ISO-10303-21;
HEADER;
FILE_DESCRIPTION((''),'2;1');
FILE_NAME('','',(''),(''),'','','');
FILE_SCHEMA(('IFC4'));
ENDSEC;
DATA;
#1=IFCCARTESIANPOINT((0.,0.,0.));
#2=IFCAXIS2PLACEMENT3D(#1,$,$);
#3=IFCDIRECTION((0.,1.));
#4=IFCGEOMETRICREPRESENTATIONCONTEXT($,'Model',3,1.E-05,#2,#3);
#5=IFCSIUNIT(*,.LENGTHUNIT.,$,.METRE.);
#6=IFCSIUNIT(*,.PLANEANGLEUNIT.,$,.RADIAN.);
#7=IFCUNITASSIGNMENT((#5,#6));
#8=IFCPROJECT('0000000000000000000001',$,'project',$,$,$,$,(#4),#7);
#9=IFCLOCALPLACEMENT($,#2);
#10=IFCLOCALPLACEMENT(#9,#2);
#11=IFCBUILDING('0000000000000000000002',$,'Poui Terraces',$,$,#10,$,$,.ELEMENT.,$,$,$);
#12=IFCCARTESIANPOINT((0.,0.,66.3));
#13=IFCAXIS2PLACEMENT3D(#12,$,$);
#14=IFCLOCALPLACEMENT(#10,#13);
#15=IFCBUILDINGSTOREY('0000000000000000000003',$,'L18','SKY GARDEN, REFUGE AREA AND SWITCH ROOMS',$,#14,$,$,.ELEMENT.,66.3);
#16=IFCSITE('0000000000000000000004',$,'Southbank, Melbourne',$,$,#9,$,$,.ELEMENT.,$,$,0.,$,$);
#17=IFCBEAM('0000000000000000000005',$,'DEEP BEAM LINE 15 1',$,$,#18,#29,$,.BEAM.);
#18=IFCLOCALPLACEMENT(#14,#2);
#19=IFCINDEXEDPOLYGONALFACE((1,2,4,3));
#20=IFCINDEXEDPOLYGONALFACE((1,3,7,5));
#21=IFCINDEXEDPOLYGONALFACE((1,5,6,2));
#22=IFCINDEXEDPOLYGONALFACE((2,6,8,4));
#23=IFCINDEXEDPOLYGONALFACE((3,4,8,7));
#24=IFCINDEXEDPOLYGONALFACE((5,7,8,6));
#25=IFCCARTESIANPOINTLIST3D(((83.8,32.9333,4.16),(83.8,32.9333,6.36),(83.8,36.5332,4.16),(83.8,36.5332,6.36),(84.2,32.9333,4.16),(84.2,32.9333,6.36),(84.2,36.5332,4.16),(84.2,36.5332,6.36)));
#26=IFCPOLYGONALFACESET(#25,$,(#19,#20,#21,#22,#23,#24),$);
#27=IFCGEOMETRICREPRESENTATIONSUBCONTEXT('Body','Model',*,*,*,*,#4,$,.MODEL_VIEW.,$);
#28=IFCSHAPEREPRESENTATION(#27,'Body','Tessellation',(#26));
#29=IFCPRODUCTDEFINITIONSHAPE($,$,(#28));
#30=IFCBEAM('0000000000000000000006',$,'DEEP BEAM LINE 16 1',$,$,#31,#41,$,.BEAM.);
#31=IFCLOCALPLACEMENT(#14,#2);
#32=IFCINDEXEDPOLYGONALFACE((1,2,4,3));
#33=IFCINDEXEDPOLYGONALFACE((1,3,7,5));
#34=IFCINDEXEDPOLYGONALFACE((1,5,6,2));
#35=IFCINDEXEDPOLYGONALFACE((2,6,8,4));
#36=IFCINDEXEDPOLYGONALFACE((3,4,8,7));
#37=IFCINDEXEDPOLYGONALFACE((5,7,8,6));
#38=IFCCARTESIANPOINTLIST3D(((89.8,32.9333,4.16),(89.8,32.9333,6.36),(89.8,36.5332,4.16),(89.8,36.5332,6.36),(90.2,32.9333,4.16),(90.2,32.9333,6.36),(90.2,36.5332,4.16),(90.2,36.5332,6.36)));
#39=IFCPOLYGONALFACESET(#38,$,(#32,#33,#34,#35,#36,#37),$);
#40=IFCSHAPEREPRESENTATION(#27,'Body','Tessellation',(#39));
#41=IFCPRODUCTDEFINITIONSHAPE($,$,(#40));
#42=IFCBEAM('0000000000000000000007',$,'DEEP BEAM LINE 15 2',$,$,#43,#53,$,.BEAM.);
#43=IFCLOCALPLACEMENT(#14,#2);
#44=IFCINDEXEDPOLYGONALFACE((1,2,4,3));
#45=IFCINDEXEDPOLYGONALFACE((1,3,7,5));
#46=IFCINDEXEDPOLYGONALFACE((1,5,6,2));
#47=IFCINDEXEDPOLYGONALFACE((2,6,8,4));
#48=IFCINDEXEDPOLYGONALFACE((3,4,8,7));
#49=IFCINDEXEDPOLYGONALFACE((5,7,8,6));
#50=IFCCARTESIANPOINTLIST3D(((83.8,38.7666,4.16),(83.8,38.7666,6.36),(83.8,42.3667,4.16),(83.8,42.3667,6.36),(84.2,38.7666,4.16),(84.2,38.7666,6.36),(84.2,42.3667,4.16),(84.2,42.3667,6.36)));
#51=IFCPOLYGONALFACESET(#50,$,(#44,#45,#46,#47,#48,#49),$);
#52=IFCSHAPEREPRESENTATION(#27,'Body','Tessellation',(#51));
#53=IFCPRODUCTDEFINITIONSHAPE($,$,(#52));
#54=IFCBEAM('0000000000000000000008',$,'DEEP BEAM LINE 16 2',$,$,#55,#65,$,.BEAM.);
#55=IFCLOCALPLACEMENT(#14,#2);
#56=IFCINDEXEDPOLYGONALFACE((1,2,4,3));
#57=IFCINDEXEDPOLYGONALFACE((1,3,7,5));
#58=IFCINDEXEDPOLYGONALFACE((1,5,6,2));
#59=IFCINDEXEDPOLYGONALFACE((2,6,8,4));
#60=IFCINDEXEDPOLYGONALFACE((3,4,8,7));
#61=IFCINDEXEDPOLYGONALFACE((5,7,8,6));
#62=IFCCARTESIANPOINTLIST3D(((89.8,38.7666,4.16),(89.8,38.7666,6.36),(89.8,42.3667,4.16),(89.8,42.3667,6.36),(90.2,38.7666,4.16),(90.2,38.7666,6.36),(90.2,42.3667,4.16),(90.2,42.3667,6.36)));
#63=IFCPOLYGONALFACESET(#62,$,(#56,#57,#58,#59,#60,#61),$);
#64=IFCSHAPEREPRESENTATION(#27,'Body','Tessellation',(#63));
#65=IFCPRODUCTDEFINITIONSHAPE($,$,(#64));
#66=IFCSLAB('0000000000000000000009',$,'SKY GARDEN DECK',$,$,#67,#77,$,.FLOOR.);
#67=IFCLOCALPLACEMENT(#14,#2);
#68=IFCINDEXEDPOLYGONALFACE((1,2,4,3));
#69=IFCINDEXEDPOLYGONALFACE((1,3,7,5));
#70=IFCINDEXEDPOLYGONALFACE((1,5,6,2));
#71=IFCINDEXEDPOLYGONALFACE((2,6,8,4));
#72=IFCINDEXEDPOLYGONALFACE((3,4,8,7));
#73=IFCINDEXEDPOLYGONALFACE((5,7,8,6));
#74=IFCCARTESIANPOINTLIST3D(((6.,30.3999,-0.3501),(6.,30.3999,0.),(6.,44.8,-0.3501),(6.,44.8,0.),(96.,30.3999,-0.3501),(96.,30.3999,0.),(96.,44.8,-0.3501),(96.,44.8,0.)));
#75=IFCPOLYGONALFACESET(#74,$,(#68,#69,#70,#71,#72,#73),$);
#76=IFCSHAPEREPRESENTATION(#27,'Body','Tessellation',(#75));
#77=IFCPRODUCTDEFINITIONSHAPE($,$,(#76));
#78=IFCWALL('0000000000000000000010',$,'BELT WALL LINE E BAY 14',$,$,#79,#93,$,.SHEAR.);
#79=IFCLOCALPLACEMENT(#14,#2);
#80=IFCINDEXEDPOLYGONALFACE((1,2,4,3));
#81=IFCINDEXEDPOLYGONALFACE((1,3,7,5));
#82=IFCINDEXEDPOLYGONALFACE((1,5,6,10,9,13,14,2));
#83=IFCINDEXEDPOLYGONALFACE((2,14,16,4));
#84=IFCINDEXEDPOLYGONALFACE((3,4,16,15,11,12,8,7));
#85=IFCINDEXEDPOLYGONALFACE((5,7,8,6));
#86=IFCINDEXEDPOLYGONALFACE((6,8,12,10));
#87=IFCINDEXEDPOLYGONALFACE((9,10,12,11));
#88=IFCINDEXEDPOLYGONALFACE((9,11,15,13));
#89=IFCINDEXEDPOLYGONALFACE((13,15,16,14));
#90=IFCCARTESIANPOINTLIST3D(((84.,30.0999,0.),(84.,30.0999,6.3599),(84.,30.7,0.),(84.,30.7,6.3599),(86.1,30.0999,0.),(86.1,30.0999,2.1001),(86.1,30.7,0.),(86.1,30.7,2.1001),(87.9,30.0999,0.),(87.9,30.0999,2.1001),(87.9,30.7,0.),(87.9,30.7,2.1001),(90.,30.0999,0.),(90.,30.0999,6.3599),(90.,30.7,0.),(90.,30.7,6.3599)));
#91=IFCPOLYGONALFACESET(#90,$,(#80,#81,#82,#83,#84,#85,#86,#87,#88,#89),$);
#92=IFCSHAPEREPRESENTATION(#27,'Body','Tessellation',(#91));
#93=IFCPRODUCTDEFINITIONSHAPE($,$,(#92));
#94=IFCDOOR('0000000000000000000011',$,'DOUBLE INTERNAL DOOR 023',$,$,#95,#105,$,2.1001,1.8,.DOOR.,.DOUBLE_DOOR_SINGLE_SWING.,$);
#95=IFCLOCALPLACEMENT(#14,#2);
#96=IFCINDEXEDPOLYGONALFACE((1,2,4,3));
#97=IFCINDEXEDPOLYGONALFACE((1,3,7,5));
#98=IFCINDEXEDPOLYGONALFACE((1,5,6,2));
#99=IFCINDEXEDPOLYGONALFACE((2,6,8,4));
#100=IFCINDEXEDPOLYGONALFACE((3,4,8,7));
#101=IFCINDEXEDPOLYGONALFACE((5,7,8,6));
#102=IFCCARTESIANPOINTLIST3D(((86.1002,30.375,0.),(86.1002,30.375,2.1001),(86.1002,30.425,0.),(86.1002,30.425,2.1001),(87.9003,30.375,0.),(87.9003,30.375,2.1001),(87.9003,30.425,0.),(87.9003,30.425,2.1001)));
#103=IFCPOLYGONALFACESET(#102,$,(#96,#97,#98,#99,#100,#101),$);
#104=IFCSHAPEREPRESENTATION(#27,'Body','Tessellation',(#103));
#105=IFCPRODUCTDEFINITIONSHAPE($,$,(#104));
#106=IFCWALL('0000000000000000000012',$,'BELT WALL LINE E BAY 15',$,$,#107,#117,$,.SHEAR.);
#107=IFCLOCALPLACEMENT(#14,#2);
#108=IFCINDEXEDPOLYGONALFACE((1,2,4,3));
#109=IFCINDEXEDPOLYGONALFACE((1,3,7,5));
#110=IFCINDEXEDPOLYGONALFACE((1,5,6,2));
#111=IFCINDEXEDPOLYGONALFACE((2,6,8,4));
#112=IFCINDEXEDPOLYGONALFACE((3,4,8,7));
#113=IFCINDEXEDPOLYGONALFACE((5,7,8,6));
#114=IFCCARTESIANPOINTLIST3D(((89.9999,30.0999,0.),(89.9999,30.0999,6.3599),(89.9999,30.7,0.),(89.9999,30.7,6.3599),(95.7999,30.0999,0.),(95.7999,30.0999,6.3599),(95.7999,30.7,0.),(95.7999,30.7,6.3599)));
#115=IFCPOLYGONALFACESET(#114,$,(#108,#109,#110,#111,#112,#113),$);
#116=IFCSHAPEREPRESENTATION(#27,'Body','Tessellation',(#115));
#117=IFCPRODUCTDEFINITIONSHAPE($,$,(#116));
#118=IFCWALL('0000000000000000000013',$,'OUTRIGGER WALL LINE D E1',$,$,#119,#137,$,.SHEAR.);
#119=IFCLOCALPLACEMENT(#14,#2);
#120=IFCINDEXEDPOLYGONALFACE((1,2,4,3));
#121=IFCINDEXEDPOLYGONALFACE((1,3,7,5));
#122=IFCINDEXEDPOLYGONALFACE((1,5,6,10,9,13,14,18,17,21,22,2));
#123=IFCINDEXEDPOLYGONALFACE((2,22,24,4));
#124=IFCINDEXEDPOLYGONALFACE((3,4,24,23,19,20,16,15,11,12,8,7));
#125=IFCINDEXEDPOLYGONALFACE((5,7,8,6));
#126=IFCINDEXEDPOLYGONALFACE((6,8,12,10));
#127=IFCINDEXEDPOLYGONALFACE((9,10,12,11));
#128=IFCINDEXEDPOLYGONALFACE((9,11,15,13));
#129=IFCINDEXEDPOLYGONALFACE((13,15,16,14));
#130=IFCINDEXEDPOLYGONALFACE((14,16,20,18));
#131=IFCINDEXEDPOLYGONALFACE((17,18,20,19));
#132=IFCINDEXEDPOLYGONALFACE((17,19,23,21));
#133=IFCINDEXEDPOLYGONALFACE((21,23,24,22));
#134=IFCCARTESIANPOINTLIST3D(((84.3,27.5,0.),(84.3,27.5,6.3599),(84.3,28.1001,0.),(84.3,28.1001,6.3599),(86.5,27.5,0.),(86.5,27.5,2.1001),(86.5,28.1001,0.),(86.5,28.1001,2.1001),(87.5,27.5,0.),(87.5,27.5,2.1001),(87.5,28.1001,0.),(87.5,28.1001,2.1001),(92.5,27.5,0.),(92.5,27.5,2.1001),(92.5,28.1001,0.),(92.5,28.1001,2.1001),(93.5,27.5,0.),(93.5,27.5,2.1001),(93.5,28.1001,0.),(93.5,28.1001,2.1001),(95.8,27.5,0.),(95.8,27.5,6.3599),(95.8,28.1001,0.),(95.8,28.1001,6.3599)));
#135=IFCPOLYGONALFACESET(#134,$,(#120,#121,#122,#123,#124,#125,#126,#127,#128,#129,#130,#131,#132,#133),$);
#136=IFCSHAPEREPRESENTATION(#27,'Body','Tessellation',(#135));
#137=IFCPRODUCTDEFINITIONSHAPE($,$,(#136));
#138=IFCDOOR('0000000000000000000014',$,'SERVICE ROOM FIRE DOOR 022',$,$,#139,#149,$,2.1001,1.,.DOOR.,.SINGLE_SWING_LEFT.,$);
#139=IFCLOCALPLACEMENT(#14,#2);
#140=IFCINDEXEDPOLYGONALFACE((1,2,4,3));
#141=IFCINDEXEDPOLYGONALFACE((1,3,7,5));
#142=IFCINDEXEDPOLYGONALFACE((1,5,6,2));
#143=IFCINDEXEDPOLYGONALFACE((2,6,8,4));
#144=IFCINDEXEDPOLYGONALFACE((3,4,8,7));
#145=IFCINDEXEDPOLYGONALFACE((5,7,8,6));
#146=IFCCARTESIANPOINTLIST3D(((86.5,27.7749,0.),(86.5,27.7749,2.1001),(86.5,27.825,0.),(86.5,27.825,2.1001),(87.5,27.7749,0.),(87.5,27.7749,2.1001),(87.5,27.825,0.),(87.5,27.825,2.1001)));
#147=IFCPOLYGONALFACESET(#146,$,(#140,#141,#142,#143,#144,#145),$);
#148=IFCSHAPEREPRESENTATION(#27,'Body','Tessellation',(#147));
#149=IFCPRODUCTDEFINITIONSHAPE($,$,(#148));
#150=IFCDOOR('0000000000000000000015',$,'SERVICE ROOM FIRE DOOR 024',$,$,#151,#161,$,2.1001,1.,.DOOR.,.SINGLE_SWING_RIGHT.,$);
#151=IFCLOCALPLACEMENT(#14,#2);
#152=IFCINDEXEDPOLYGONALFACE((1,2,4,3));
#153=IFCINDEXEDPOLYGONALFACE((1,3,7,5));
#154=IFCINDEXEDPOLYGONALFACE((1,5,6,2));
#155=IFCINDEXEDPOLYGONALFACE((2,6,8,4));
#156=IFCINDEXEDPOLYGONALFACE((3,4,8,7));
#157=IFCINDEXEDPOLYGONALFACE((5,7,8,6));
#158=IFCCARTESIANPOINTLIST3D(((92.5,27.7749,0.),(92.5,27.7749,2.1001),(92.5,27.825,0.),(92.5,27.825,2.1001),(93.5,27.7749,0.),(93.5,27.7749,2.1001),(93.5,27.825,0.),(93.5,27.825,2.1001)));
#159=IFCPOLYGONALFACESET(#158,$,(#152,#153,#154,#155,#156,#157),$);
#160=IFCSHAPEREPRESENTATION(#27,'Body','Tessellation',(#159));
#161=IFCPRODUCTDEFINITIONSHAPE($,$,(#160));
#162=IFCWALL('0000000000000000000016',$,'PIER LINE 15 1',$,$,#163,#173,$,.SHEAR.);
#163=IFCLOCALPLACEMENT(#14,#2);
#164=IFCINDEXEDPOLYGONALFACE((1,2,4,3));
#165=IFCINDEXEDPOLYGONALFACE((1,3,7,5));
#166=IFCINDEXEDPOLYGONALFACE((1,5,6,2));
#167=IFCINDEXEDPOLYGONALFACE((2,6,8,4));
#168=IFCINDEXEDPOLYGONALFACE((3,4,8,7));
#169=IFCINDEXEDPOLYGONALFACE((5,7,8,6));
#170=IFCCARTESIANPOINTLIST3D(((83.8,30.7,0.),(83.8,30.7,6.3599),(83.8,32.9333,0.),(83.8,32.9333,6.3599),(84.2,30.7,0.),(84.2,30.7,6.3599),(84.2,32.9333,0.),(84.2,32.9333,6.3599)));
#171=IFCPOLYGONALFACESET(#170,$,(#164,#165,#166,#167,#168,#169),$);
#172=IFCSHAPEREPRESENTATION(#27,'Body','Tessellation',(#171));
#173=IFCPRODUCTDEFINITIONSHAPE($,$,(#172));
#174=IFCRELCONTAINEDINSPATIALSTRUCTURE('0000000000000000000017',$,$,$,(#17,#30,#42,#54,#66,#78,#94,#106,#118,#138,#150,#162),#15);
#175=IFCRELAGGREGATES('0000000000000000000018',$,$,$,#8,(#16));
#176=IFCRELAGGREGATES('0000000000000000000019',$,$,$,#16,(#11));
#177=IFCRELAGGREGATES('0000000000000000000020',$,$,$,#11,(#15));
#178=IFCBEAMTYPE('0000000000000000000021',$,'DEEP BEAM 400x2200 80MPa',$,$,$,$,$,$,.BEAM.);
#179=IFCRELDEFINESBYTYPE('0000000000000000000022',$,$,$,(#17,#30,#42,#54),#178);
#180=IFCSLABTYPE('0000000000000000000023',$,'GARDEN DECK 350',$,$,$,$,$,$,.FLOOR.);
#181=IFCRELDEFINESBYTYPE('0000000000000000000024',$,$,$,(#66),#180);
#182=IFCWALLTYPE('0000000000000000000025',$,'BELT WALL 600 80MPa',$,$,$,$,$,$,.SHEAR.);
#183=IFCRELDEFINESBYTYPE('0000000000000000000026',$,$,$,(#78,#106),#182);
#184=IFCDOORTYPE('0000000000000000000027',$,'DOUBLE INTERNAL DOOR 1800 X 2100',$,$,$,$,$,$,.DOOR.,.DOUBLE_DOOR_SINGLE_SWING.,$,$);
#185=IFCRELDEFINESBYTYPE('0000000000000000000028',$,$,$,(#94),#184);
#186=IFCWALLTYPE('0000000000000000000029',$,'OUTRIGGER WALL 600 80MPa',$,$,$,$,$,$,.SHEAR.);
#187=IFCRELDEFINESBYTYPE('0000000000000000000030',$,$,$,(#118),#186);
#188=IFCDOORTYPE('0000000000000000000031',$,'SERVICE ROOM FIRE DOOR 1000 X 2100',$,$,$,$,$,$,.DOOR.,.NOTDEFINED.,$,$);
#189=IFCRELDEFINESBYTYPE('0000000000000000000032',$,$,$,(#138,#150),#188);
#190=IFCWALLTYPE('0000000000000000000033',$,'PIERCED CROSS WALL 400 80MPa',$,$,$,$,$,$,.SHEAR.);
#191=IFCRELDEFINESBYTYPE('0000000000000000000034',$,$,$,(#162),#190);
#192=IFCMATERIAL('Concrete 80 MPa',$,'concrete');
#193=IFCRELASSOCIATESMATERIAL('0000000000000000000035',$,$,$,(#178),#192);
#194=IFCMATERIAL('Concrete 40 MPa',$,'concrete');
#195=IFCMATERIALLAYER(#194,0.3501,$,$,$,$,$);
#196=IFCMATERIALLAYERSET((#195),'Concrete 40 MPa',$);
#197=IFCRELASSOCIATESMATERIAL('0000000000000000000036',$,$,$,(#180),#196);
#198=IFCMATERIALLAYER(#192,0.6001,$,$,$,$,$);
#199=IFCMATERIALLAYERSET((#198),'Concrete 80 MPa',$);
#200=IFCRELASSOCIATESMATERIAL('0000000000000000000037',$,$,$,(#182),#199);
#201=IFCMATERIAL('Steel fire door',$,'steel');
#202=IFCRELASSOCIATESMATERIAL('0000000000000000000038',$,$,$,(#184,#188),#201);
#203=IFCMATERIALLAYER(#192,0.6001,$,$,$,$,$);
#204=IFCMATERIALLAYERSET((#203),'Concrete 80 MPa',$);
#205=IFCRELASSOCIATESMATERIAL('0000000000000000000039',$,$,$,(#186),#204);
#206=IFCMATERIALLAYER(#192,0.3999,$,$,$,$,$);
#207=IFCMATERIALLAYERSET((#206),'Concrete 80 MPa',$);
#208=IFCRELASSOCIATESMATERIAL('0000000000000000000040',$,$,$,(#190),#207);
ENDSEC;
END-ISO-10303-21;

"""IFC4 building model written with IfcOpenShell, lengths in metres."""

from ifc_helpers import new_model, si_unit, direction, frame, frame_2d, origin, origin_2d, place, context, subcontext, project, spatial, polyline, rectangle, outline, extrude, source, transform, mapped, material, layer, layer_set, material_profile, profile_set, type_object, element, fill, save


model = new_model("IFC4")

# Units and contexts
model_context = context("Model", 3, precision=1e-05, world=origin(), true_north=direction((0.0, 1.0)))
body_context = subcontext(model_context, "Body", "Model", "MODEL_VIEW")
ifc_project = project(units=[si_unit("LENGTHUNIT", "METRE"), si_unit("PLANEANGLEUNIT", "RADIAN")], contexts=[model_context])

# Site, building, storey
site_placement = place(None, origin())
site = spatial("IfcSite", under=ifc_project, at=site_placement, Name="Southbank, Melbourne", CompositionType="ELEMENT", RefElevation=0.0)
building_placement = place(site_placement, origin())
building = spatial("IfcBuilding", under=site, at=building_placement, Name="Poui Terraces", CompositionType="ELEMENT")
storey_placement = place(building_placement, frame((0.0, 0.0, 66.3)))
storey = spatial("IfcBuildingStorey", under=building, at=storey_placement, Name="L18", Description="SKY GARDEN, REFUGE AREA AND SWITCH ROOMS", CompositionType="ELEMENT", Elevation=66.3)

# Beams
ifc_material_1 = material(Name="Concrete 80 MPa", Category="concrete")
ifc_material_profile = material_profile(ifc_material_1, rectangle(XDim=0.3999, YDim=2.2, at=origin_2d()), Name="RC 400x2200")
ifc_profile_set = profile_set([ifc_material_profile], Name="Concrete 80 MPa")
beam_type = type_object("IfcBeamType", Name="DEEP BEAM 400x2200 80MPa", PredefinedType="BEAM", material=ifc_profile_set)
shared_shape_1 = source(origin(), body_context, "Body", "SweptSolid", [
    extrude(rectangle(XDim=0.3999, YDim=2.2, at=origin_2d()), origin(), (0.0, 0.0, 1.0), 3.5999),
])
for number, where, z_axis, x_axis, name in (
    (1, (84.0, 32.9333, 5.26), (0.0, 1.0, 0.0), (-1.0, 0.0, 0.0), "DEEP BEAM LINE 15 1"),
    (2, (90.0, 32.9333, 5.26), (0.0, 1.0, 0.0), (-1.0, 0.0, 0.0), "DEEP BEAM LINE 16 1"),
):
    element("IfcBeam", number, at=place(storey_placement, frame(where, z_axis=z_axis, x_axis=x_axis)), inside=storey, type_object=beam_type, Name=name, PredefinedType="BEAM", context=body_context, shape_type="MappedRepresentation", body=[
        mapped(shared_shape_1, transform((0.0, 0.0, 0.0))),
    ])
shared_shape_2 = source(origin(), body_context, "Body", "SweptSolid", [
    extrude(rectangle(XDim=0.3999, YDim=2.2, at=origin_2d()), origin(), (0.0, 0.0, 1.0), 3.6001),
])
for number, where, z_axis, x_axis, name in (
    (3, (84.0, 38.7666, 5.26), (0.0, 1.0, 0.0), (-1.0, 0.0, 0.0), "DEEP BEAM LINE 15 2"),
    (4, (90.0, 38.7666, 5.26), (0.0, 1.0, 0.0), (-1.0, 0.0, 0.0), "DEEP BEAM LINE 16 2"),
):
    element("IfcBeam", number, at=place(storey_placement, frame(where, z_axis=z_axis, x_axis=x_axis)), inside=storey, type_object=beam_type, Name=name, PredefinedType="BEAM", context=body_context, shape_type="MappedRepresentation", body=[
        mapped(shared_shape_2, transform((0.0, 0.0, 0.0))),
    ])

# Slab
ifc_material_2 = material(Name="Concrete 40 MPa", Category="concrete")
ifc_layer_1 = layer(ifc_material_2, 0.3501)
ifc_layer_set_1 = layer_set([ifc_layer_1], Name="Concrete 40 MPa")
slab_type = type_object("IfcSlabType", Name="GARDEN DECK 350", PredefinedType="FLOOR", material=ifc_layer_set_1)
shared_shape_3 = source(origin(), body_context, "Body", "SweptSolid", [
    extrude(outline(polyline([(0.0, 0.0), (0.0, 14.4001), (-90.0, 14.4001), (-90.0, 0.0), (0.0, 0.0)])), origin(), (0.0, 0.0, 1.0), 0.3501),
])
slab_placement = place(storey_placement, frame((96.0, 30.3999, -0.3501)))
element("IfcSlab", 5, at=slab_placement, inside=storey, type_object=slab_type, Name="SKY GARDEN DECK", PredefinedType="FLOOR", context=body_context, shape_type="MappedRepresentation", body=[
    mapped(shared_shape_3, transform((0.0, 0.0, 0.0))),
])

# Wall, opening, door
ifc_layer_2 = layer(ifc_material_1, 0.6001)
ifc_layer_set_2 = layer_set([ifc_layer_2], Name="Concrete 80 MPa")
wall_type_1 = type_object("IfcWallType", Name="BELT WALL 600 80MPa", PredefinedType="SHEAR", material=ifc_layer_set_2)
wall_1_placement = place(storey_placement, frame((84.0, 30.3999, 0.0), z_axis=(0.0, 0.0, 1.0), x_axis=(1.0, 0.0, 0.0)))
wall_1 = element("IfcWall", 6, at=wall_1_placement, inside=storey, type_object=wall_type_1, Name="BELT WALL LINE E BAY 14", PredefinedType="SHEAR", context=body_context, shape_type="SweptSolid", body=[
    extrude(rectangle(XDim=6.0, YDim=0.6001, at=frame_2d((3.0, 0.0))), origin(), (0.0, 0.0, 1.0), 6.3599),
])
opening_1_placement = place(wall_1_placement, frame((2.1001, 0.0, 0.0)))
opening_1 = element("IfcOpeningElement", 7, at=opening_1_placement, cuts=wall_1, PredefinedType="OPENING", context=body_context, shape_type="SweptSolid", body=[
    extrude(rectangle(XDim=1.8, YDim=2.1001, at=frame_2d((0.8999, 1.05))), frame((0.0, 0.3101, 0.0), z_axis=(0.0, -1.0, 0.0), x_axis=(1.0, 0.0, 0.0)), (0.0, 0.0, 1.0), 0.6201),
])
ifc_material_3 = material(Name="Steel fire door", Category="steel")
door_type_1 = type_object("IfcDoorType", Name="DOUBLE INTERNAL DOOR 1800 X 2100", OperationType="DOUBLE_DOOR_SINGLE_SWING", PredefinedType="DOOR", material=ifc_material_3)
door_1_placement = place(opening_1_placement, frame((1.8, 0.0, 0.0), z_axis=(0.0, 0.0, 1.0), x_axis=(-1.0, 0.0, 0.0)))
door_1 = element("IfcDoor", 8, at=door_1_placement, inside=storey, type_object=door_type_1, Name="DOUBLE INTERNAL DOOR 023", OperationType="DOUBLE_DOOR_SINGLE_SWING", OverallHeight=2.1001, OverallWidth=1.8, PredefinedType="DOOR", context=body_context, shape_type="SweptSolid", body=[
    extrude(rectangle(XDim=1.8, YDim=2.1001, at=frame_2d((0.8999, 1.05))), frame((0.0, 0.0249, 0.0), z_axis=(0.0, -1.0, 0.0), x_axis=(1.0, 0.0, 0.0)), (0.0, 0.0, 1.0), 0.05),
])
fill(opening_1, door_1)

# Wall
wall_2_placement = place(storey_placement, frame((90.0, 30.3999, 0.0), z_axis=(0.0, 0.0, 1.0), x_axis=(1.0, 0.0, 0.0)))
element("IfcWall", 9, at=wall_2_placement, inside=storey, type_object=wall_type_1, Name="BELT WALL LINE E BAY 15", PredefinedType="SHEAR", context=body_context, shape_type="SweptSolid", body=[
    extrude(rectangle(XDim=5.8, YDim=0.6001, at=frame_2d((2.8999, 0.0))), origin(), (0.0, 0.0, 1.0), 6.3599),
])

# Wall, openings, doors
ifc_layer_3 = layer(ifc_material_1, 0.6001)
ifc_layer_set_3 = layer_set([ifc_layer_3], Name="Concrete 80 MPa")
wall_type_2 = type_object("IfcWallType", Name="OUTRIGGER WALL 600 80MPa", PredefinedType="SHEAR", material=ifc_layer_set_3)
wall_3_placement = place(storey_placement, frame((84.3, 27.8, 0.0), z_axis=(0.0, 0.0, 1.0), x_axis=(1.0, 0.0, 0.0)))
wall_3 = element("IfcWall", 10, at=wall_3_placement, inside=storey, type_object=wall_type_2, Name="OUTRIGGER WALL LINE D E1", PredefinedType="SHEAR", context=body_context, shape_type="SweptSolid", body=[
    extrude(rectangle(XDim=11.5, YDim=0.6001, at=frame_2d((5.75, 0.0))), origin(), (0.0, 0.0, 1.0), 6.3599),
])
opening_2_placement = place(wall_3_placement, frame((2.2, 0.0, 0.0)))
opening_2 = element("IfcOpeningElement", 11, at=opening_2_placement, cuts=wall_3, PredefinedType="OPENING", context=body_context, shape_type="SweptSolid", body=[
    extrude(rectangle(XDim=1.0, YDim=2.1001, at=frame_2d((0.5, 1.05))), frame((0.0, 0.3101, 0.0), z_axis=(0.0, -1.0, 0.0), x_axis=(1.0, 0.0, 0.0)), (0.0, 0.0, 1.0), 0.6201),
])
opening_3_placement = place(wall_3_placement, frame((8.2, 0.0, 0.0)))
opening_3 = element("IfcOpeningElement", 12, at=opening_3_placement, cuts=wall_3, PredefinedType="OPENING", context=body_context, shape_type="SweptSolid", body=[
    extrude(rectangle(XDim=1.0, YDim=2.1001, at=frame_2d((0.5, 1.05))), frame((0.0, 0.3101, 0.0), z_axis=(0.0, -1.0, 0.0), x_axis=(1.0, 0.0, 0.0)), (0.0, 0.0, 1.0), 0.6201),
])
door_type_2 = type_object("IfcDoorType", Name="SERVICE ROOM FIRE DOOR 1000 X 2100", OperationType="NOTDEFINED", PredefinedType="DOOR", material=ifc_material_3)
door_2_placement = place(opening_2_placement, origin())
door_2 = element("IfcDoor", 13, at=door_2_placement, inside=storey, type_object=door_type_2, Name="SERVICE ROOM FIRE DOOR 022", OperationType="SINGLE_SWING_LEFT", OverallHeight=2.1001, OverallWidth=1.0, PredefinedType="DOOR", context=body_context, shape_type="SweptSolid", body=[
    extrude(rectangle(XDim=1.0, YDim=2.1001, at=frame_2d((0.5, 1.05))), frame((0.0, 0.0249, 0.0), z_axis=(0.0, -1.0, 0.0), x_axis=(1.0, 0.0, 0.0)), (0.0, 0.0, 1.0), 0.05),
])
fill(opening_2, door_2)
door_3_placement = place(opening_3_placement, origin())
door_3 = element("IfcDoor", 14, at=door_3_placement, inside=storey, type_object=door_type_2, Name="SERVICE ROOM FIRE DOOR 024", OperationType="SINGLE_SWING_RIGHT", OverallHeight=2.1001, OverallWidth=1.0, PredefinedType="DOOR", context=body_context, shape_type="SweptSolid", body=[
    extrude(rectangle(XDim=1.0, YDim=2.1001, at=frame_2d((0.5, 1.05))), frame((0.0, 0.0249, 0.0), z_axis=(0.0, -1.0, 0.0), x_axis=(1.0, 0.0, 0.0)), (0.0, 0.0, 1.0), 0.05),
])
fill(opening_3, door_3)

# Wall
ifc_layer_4 = layer(ifc_material_1, 0.3999)
ifc_layer_set_4 = layer_set([ifc_layer_4], Name="Concrete 80 MPa")
wall_type_3 = type_object("IfcWallType", Name="PIERCED CROSS WALL 400 80MPa", PredefinedType="SHEAR", material=ifc_layer_set_4)
for number, where, z_axis, x_axis, name in (
    (15, (84.0, 30.7, 0.0), (0.0, 0.0, 1.0), (0.0, 1.0, 0.0), "PIER LINE 15 1"),
):
    element("IfcWall", number, at=place(storey_placement, frame(where, z_axis=z_axis, x_axis=x_axis)), inside=storey, type_object=wall_type_3, Name=name, PredefinedType="SHEAR", context=body_context, shape_type="SweptSolid", body=[
        extrude(rectangle(XDim=2.2334, YDim=0.3999, at=frame_2d((1.1167, 0.0))), origin(), (0.0, 0.0, 1.0), 6.3599),
    ])

save(model, "model.ifc")
